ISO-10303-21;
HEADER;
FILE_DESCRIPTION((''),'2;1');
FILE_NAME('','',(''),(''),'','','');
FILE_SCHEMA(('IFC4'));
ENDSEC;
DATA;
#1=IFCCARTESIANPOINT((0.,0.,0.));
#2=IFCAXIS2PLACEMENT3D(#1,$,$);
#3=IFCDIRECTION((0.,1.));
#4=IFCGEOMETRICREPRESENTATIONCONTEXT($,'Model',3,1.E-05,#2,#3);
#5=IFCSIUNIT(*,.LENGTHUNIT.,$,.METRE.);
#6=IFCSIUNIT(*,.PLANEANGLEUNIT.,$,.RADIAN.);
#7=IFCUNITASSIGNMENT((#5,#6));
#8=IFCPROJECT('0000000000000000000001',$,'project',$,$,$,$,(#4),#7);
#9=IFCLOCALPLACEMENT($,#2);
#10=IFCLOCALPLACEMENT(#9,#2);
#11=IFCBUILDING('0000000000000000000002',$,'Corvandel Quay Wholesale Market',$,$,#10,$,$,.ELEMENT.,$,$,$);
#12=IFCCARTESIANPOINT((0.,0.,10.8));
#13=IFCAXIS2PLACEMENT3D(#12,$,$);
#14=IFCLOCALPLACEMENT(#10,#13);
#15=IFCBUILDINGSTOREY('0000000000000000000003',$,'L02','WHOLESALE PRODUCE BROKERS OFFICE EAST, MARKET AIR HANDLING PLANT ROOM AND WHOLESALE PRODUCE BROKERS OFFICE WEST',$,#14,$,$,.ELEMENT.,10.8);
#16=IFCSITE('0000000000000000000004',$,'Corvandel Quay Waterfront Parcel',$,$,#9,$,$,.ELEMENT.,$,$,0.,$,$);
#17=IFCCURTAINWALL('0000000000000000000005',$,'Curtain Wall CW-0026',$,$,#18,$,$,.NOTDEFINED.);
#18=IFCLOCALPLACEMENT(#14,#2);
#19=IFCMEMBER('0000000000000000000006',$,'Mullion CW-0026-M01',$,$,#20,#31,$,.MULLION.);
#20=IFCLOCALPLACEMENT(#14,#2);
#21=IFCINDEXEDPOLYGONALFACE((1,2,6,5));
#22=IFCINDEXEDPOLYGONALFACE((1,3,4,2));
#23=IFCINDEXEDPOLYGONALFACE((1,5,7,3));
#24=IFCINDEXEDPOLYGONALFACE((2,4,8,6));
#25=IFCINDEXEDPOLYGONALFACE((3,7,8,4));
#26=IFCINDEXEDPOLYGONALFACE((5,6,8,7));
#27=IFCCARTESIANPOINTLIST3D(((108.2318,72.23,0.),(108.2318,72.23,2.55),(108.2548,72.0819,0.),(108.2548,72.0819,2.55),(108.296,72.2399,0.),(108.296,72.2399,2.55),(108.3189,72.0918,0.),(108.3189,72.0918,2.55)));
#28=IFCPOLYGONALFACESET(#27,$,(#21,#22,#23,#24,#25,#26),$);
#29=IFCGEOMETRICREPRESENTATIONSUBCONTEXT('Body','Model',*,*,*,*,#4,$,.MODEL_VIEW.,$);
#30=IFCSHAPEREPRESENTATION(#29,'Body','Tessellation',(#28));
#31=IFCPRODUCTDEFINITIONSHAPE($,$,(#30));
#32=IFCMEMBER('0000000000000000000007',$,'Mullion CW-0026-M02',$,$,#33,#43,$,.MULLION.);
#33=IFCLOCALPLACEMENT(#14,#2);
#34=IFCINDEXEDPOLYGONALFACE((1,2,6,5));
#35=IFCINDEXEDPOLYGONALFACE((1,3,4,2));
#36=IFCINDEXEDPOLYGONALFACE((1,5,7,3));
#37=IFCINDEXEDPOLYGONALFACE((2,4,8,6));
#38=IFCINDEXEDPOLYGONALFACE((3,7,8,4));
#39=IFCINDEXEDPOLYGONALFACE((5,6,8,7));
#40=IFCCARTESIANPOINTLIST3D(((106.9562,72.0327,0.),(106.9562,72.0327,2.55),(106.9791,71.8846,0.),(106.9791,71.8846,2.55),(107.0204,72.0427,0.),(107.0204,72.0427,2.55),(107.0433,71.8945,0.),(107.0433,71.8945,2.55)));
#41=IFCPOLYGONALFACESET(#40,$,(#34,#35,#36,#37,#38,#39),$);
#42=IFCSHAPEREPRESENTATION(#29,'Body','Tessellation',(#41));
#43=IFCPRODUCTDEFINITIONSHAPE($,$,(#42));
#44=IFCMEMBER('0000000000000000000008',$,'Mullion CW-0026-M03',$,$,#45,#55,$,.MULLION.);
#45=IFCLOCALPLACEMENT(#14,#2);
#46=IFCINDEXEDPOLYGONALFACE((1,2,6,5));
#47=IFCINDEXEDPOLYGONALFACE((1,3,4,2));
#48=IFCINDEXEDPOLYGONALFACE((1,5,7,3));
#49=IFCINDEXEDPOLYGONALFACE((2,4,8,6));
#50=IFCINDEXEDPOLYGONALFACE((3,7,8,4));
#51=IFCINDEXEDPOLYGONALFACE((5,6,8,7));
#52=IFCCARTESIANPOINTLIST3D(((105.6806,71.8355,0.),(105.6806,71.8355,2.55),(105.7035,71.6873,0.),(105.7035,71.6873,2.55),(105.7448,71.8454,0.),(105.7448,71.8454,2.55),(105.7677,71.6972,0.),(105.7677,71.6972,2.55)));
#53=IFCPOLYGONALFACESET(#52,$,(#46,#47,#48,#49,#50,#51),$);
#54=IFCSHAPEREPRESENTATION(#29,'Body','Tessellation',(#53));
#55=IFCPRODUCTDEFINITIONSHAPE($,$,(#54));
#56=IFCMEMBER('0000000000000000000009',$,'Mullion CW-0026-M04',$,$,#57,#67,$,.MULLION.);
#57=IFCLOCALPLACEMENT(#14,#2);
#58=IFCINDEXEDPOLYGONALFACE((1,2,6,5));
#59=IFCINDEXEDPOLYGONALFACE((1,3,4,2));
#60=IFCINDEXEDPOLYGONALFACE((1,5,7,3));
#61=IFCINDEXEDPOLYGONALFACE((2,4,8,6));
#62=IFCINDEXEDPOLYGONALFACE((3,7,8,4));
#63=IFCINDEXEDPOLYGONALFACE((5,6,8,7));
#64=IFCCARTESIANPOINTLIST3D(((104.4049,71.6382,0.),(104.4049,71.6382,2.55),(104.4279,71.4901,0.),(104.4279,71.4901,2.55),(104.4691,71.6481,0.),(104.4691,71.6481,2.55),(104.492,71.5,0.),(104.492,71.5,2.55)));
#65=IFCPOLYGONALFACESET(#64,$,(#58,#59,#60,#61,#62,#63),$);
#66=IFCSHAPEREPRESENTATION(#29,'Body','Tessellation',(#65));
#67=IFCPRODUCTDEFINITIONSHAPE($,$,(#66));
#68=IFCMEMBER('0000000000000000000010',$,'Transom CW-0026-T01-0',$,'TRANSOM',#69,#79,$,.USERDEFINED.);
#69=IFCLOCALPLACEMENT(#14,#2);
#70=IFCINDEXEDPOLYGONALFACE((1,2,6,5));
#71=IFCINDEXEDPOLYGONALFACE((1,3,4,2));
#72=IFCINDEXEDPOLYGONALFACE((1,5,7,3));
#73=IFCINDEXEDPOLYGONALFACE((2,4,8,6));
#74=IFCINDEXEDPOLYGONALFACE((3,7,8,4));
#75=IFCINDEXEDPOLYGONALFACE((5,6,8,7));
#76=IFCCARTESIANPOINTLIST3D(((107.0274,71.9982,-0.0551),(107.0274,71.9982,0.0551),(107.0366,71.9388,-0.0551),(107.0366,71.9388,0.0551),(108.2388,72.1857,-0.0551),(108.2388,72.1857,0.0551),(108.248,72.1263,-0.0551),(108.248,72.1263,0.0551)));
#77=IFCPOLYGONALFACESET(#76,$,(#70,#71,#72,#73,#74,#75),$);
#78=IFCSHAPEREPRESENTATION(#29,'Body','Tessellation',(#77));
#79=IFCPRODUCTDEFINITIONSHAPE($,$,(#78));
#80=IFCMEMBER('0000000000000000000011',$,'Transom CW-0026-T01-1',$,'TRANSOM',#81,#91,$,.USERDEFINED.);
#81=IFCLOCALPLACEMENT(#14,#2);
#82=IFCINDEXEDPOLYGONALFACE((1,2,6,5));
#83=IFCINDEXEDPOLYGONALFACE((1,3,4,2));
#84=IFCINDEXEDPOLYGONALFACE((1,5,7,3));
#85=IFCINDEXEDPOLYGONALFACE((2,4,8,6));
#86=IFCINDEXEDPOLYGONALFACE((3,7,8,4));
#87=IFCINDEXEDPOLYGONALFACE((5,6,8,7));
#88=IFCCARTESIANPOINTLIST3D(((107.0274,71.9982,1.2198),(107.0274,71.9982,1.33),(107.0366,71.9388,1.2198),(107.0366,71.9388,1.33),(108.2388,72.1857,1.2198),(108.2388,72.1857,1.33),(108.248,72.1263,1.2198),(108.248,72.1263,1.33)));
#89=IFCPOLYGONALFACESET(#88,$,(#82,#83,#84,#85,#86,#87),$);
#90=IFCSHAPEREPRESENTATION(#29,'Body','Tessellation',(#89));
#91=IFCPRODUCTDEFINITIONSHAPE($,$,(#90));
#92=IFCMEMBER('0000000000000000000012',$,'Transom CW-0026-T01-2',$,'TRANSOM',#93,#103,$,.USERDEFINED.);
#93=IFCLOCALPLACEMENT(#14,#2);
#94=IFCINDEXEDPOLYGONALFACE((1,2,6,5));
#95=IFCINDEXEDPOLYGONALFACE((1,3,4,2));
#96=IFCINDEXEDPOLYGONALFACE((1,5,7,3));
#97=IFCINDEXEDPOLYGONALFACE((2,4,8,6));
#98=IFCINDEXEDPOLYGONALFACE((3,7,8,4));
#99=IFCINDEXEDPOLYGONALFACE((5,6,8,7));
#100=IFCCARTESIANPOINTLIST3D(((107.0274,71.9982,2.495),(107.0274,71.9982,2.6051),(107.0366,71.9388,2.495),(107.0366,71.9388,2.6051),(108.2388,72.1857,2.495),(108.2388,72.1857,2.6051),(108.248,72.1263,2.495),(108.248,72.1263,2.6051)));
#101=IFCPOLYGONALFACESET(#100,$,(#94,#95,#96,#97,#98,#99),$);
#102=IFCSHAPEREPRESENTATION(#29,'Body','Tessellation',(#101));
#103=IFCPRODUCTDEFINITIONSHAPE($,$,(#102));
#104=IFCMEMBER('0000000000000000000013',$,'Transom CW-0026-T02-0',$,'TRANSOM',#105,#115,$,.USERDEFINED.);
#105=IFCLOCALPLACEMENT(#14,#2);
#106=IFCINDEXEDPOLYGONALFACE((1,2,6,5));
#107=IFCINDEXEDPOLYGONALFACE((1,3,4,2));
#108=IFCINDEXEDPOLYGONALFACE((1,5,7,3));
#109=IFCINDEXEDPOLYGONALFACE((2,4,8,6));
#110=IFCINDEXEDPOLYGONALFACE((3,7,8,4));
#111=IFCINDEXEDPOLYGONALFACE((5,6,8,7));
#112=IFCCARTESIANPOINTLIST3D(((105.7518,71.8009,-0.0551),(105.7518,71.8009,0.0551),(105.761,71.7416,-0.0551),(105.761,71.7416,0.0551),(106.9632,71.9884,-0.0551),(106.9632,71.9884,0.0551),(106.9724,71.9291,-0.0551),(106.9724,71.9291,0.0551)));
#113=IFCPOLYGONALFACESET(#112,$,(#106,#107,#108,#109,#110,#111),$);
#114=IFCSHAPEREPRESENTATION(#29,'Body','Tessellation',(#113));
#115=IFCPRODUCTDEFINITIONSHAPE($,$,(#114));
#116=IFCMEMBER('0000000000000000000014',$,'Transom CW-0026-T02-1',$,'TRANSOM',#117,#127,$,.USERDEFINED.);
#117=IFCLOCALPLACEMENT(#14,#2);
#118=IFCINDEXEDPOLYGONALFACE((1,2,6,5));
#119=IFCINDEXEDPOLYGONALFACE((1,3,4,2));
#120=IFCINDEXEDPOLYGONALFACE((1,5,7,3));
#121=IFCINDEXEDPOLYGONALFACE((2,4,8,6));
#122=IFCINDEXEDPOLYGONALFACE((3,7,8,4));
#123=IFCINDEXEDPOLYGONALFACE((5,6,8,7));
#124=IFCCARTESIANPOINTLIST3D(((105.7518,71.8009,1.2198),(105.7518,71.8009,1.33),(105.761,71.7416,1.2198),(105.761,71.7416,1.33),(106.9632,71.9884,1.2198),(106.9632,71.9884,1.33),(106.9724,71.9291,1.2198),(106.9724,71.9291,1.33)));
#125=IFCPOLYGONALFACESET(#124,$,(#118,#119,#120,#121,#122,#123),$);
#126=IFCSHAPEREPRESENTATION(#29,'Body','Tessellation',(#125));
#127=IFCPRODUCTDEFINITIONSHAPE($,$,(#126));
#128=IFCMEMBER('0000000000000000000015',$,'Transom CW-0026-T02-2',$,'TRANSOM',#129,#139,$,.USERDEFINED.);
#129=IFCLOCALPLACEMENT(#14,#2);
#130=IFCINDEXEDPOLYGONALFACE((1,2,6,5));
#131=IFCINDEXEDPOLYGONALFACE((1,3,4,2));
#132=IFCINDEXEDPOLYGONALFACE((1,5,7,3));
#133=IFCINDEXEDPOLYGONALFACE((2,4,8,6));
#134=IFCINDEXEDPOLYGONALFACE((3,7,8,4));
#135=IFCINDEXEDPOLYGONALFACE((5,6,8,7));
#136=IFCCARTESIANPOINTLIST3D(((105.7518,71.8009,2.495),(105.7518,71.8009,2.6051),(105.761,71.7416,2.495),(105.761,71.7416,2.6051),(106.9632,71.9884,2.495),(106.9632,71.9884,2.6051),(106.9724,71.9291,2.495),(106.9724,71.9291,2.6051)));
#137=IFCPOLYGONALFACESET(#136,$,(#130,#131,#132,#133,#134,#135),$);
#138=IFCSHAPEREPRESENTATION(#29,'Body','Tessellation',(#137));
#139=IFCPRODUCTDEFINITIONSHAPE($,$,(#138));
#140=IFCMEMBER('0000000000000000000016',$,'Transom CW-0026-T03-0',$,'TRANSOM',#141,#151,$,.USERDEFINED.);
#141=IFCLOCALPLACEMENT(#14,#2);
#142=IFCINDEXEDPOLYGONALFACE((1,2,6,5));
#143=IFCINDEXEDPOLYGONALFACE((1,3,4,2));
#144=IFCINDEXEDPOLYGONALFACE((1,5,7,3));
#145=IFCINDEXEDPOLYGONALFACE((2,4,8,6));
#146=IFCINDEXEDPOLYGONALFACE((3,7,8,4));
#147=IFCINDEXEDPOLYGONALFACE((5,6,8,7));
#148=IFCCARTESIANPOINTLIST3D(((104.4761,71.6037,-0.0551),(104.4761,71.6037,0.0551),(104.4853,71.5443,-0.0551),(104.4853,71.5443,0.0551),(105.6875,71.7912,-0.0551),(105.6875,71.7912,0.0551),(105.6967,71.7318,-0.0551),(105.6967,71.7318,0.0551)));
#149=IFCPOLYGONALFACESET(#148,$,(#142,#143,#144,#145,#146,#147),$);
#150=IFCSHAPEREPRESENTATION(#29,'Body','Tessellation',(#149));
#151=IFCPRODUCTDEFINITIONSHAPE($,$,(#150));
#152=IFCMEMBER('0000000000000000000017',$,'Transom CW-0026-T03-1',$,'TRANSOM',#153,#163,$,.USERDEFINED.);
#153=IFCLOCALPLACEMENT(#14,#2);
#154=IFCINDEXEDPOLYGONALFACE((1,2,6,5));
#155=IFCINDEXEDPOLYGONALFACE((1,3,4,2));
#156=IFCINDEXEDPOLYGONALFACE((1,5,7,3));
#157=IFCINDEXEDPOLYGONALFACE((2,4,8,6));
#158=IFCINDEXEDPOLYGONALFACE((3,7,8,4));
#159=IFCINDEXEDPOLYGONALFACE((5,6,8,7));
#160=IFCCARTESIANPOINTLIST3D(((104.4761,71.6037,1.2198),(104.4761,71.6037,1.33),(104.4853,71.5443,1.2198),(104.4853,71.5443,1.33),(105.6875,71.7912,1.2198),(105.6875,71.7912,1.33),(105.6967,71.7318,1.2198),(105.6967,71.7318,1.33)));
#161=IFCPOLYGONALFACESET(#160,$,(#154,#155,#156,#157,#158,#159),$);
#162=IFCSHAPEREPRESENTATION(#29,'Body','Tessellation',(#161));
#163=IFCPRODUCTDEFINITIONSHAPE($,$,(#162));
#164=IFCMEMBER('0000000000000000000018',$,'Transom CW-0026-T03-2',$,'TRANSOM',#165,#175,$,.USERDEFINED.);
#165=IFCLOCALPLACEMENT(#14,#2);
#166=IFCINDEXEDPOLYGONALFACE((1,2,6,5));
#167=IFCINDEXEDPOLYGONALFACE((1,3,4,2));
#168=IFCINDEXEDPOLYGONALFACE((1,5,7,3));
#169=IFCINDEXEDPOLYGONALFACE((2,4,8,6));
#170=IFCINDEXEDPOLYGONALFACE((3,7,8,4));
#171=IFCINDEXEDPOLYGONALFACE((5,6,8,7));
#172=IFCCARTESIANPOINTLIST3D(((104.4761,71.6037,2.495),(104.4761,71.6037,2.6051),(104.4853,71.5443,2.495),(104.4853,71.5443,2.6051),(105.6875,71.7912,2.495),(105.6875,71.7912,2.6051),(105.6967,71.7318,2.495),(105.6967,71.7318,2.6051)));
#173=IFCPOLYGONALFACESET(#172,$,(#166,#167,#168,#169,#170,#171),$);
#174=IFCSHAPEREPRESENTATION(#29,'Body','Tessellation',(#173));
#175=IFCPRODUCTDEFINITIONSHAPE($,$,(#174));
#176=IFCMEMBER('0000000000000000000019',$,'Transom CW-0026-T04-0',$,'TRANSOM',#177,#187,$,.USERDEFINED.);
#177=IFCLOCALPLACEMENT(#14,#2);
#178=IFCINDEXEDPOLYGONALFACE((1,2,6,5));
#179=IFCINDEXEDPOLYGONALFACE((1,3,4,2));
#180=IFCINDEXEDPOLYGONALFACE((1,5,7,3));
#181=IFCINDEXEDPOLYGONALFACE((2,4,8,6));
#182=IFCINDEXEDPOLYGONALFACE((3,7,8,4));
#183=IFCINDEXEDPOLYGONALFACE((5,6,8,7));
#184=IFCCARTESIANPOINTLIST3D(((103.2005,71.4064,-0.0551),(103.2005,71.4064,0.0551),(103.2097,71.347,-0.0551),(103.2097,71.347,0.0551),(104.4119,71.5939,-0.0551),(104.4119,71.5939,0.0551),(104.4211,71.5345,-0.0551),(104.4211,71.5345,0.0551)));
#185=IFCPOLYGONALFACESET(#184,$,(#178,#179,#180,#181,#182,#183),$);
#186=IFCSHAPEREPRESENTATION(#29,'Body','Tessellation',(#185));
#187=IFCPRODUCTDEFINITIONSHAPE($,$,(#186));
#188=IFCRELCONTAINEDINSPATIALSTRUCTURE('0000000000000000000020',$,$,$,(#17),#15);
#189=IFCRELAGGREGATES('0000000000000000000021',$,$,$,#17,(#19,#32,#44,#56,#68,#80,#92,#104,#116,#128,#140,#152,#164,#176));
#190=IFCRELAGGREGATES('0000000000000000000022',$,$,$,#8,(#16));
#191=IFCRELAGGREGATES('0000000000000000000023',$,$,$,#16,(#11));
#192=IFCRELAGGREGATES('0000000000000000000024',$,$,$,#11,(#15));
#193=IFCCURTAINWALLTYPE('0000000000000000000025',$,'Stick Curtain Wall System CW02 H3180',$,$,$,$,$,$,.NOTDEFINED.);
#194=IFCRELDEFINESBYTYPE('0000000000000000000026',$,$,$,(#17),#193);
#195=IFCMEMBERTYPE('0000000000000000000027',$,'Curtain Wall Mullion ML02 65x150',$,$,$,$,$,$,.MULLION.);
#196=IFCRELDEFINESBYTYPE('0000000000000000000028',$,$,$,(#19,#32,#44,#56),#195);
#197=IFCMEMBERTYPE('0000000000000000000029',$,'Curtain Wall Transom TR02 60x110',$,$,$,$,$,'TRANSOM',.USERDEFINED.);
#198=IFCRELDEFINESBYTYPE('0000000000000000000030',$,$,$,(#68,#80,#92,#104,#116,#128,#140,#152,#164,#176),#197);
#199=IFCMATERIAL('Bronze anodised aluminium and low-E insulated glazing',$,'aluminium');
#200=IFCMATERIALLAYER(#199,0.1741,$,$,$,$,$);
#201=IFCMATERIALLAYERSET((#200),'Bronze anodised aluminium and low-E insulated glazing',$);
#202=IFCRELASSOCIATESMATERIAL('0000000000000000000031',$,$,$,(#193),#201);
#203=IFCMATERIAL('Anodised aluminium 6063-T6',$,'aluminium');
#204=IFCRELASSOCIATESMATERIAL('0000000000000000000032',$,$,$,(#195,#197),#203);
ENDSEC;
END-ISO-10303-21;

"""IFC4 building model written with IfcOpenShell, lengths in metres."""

from ifc_helpers import new_model, si_unit, direction, frame, origin, origin_2d, place, context, subcontext, project, spatial, rectangle, extrude, material, layer, layer_set, material_profile, profile_set, type_object, element, aggregate, save


model = new_model("IFC4")

# Units and contexts
model_context = context("Model", 3, precision=1e-05, world=origin(), true_north=direction((0.0, 1.0)))
body_context = subcontext(model_context, "Body", "Model", "MODEL_VIEW")
ifc_project = project(units=[si_unit("LENGTHUNIT", "METRE"), si_unit("PLANEANGLEUNIT", "RADIAN")], contexts=[model_context])

# Site, building, storey
site_placement = place(None, origin())
site = spatial("IfcSite", under=ifc_project, at=site_placement, Name="Corvandel Quay Waterfront Parcel", CompositionType="ELEMENT", RefElevation=0.0)
building_placement = place(site_placement, origin())
building = spatial("IfcBuilding", under=site, at=building_placement, Name="Corvandel Quay Wholesale Market", CompositionType="ELEMENT")
storey_placement = place(building_placement, frame((0.0, 0.0, 10.8)))
storey = spatial("IfcBuildingStorey", under=building, at=storey_placement, Name="L02", Description="WHOLESALE PRODUCE BROKERS OFFICE EAST, MARKET AIR HANDLING PLANT ROOM AND WHOLESALE PRODUCE BROKERS OFFICE WEST", CompositionType="ELEMENT", Elevation=10.8)

# Curtain wall, members
ifc_material_1 = material(Name="Bronze anodised aluminium and low-E insulated glazing", Category="aluminium")
ifc_layer_1 = layer(ifc_material_1, 0.1741)
ifc_layer_set_1 = layer_set([ifc_layer_1], Name="Bronze anodised aluminium and low-E insulated glazing")
curtain_wall_type = type_object("IfcCurtainWallType", Name="Stick Curtain Wall System CW02 H3180", PredefinedType="NOTDEFINED", material=ifc_layer_set_1)
curtain_wall_placement = place(storey_placement, origin())
curtain_wall = element("IfcCurtainWall", 1, at=curtain_wall_placement, inside=storey, type_object=curtain_wall_type, Name="Curtain Wall CW-0026", PredefinedType="NOTDEFINED")
ifc_material_2 = material(Name="Anodised aluminium 6063-T6", Category="aluminium")
ifc_material_profile_1 = material_profile(ifc_material_2, rectangle(XDim=0.0649, YDim=0.1499, at=origin_2d()), Name="ALU-MUL-65x150")
ifc_profile_set_1 = profile_set([ifc_material_profile_1], Name="Anodised aluminium 6063-T6")
member_type_1 = type_object("IfcMemberType", Name="Curtain Wall Mullion ML02 65x150", PredefinedType="MULLION", material=ifc_profile_set_1)
member_1_placement = place(storey_placement, frame((108.2754, 72.1609, 0.0), z_axis=(0.0, 0.0, 1.0), x_axis=(0.988255, 0.152813, 0.0)))
member_1 = element("IfcMember", 2, at=member_1_placement, type_object=member_type_1, Name="Mullion CW-0026-M01", PredefinedType="MULLION", context=body_context, shape_type="SweptSolid", body=[
    extrude(rectangle(XDim=0.0649, YDim=0.1499, at=origin_2d()), origin(), (0.0, 0.0, 1.0), 2.55),
])
member_2_placement = place(storey_placement, frame((106.9998, 71.9636, 0.0), z_axis=(0.0, 0.0, 1.0), x_axis=(0.988255, 0.152813, 0.0)))
member_2 = element("IfcMember", 3, at=member_2_placement, type_object=member_type_1, Name="Mullion CW-0026-M02", PredefinedType="MULLION", context=body_context, shape_type="SweptSolid", body=[
    extrude(rectangle(XDim=0.0649, YDim=0.1499, at=origin_2d()), origin(), (0.0, 0.0, 1.0), 2.55),
])
member_3_placement = place(storey_placement, frame((105.7241, 71.7664, 0.0), z_axis=(0.0, 0.0, 1.0), x_axis=(0.988255, 0.152813, 0.0)))
member_3 = element("IfcMember", 4, at=member_3_placement, type_object=member_type_1, Name="Mullion CW-0026-M03", PredefinedType="MULLION", context=body_context, shape_type="SweptSolid", body=[
    extrude(rectangle(XDim=0.0649, YDim=0.1499, at=origin_2d()), origin(), (0.0, 0.0, 1.0), 2.55),
])
member_4_placement = place(storey_placement, frame((104.4485, 71.5691, 0.0), z_axis=(0.0, 0.0, 1.0), x_axis=(0.988255, 0.152813, 0.0)))
member_4 = element("IfcMember", 5, at=member_4_placement, type_object=member_type_1, Name="Mullion CW-0026-M04", PredefinedType="MULLION", context=body_context, shape_type="SweptSolid", body=[
    extrude(rectangle(XDim=0.0649, YDim=0.1499, at=origin_2d()), origin(), (0.0, 0.0, 1.0), 2.55),
])
ifc_material_profile_2 = material_profile(ifc_material_2, rectangle(XDim=0.0601, YDim=0.1101, at=origin_2d()), Name="ALU-TRN-60x110")
ifc_profile_set_2 = profile_set([ifc_material_profile_2], Name="Anodised aluminium 6063-T6")
member_type_2 = type_object("IfcMemberType", Name="Curtain Wall Transom TR02 60x110", ElementType="TRANSOM", PredefinedType="USERDEFINED", material=ifc_profile_set_2)
member_5_placement = place(storey_placement, frame((108.2434, 72.156, 0.0), z_axis=(-0.988233, -0.152955, 0.0), x_axis=(0.152955, -0.988233, 0.0)))
member_5 = element("IfcMember", 6, at=member_5_placement, type_object=member_type_2, Name="Transom CW-0026-T01-0", ObjectType="TRANSOM", PredefinedType="USERDEFINED", context=body_context, shape_type="SweptSolid", body=[
    extrude(rectangle(XDim=0.0601, YDim=0.1101, at=origin_2d()), origin(), (0.0, 0.0, 1.0), 1.2258),
])
member_6_placement = place(storey_placement, frame((108.2434, 72.156, 1.2749), z_axis=(-0.988233, -0.152955, 0.0), x_axis=(0.152955, -0.988233, 0.0)))
member_6 = element("IfcMember", 7, at=member_6_placement, type_object=member_type_2, Name="Transom CW-0026-T01-1", ObjectType="TRANSOM", PredefinedType="USERDEFINED", context=body_context, shape_type="SweptSolid", body=[
    extrude(rectangle(XDim=0.0601, YDim=0.1101, at=origin_2d()), origin(), (0.0, 0.0, 1.0), 1.2258),
])
member_7_placement = place(storey_placement, frame((108.2434, 72.156, 2.55), z_axis=(-0.988233, -0.152955, 0.0), x_axis=(0.152955, -0.988233, 0.0)))
member_7 = element("IfcMember", 8, at=member_7_placement, type_object=member_type_2, Name="Transom CW-0026-T01-2", ObjectType="TRANSOM", PredefinedType="USERDEFINED", context=body_context, shape_type="SweptSolid", body=[
    extrude(rectangle(XDim=0.0601, YDim=0.1101, at=origin_2d()), origin(), (0.0, 0.0, 1.0), 1.2258),
])
member_8_placement = place(storey_placement, frame((106.9678, 71.9587, 0.0), z_axis=(-0.988233, -0.152955, 0.0), x_axis=(0.152955, -0.988233, 0.0)))
member_8 = element("IfcMember", 9, at=member_8_placement, type_object=member_type_2, Name="Transom CW-0026-T02-0", ObjectType="TRANSOM", PredefinedType="USERDEFINED", context=body_context, shape_type="SweptSolid", body=[
    extrude(rectangle(XDim=0.0601, YDim=0.1101, at=origin_2d()), origin(), (0.0, 0.0, 1.0), 1.2258),
])
member_9_placement = place(storey_placement, frame((106.9678, 71.9587, 1.2749), z_axis=(-0.988233, -0.152955, 0.0), x_axis=(0.152955, -0.988233, 0.0)))
member_9 = element("IfcMember", 10, at=member_9_placement, type_object=member_type_2, Name="Transom CW-0026-T02-1", ObjectType="TRANSOM", PredefinedType="USERDEFINED", context=body_context, shape_type="SweptSolid", body=[
    extrude(rectangle(XDim=0.0601, YDim=0.1101, at=origin_2d()), origin(), (0.0, 0.0, 1.0), 1.2258),
])
member_10_placement = place(storey_placement, frame((106.9678, 71.9587, 2.55), z_axis=(-0.988233, -0.152955, 0.0), x_axis=(0.152955, -0.988233, 0.0)))
member_10 = element("IfcMember", 11, at=member_10_placement, type_object=member_type_2, Name="Transom CW-0026-T02-2", ObjectType="TRANSOM", PredefinedType="USERDEFINED", context=body_context, shape_type="SweptSolid", body=[
    extrude(rectangle(XDim=0.0601, YDim=0.1101, at=origin_2d()), origin(), (0.0, 0.0, 1.0), 1.2258),
])
member_11_placement = place(storey_placement, frame((105.6921, 71.7615, 0.0), z_axis=(-0.988233, -0.152955, 0.0), x_axis=(0.152955, -0.988233, 0.0)))
member_11 = element("IfcMember", 12, at=member_11_placement, type_object=member_type_2, Name="Transom CW-0026-T03-0", ObjectType="TRANSOM", PredefinedType="USERDEFINED", context=body_context, shape_type="SweptSolid", body=[
    extrude(rectangle(XDim=0.0601, YDim=0.1101, at=origin_2d()), origin(), (0.0, 0.0, 1.0), 1.2258),
])
member_12_placement = place(storey_placement, frame((105.6921, 71.7615, 1.2749), z_axis=(-0.988233, -0.152955, 0.0), x_axis=(0.152955, -0.988233, 0.0)))
member_12 = element("IfcMember", 13, at=member_12_placement, type_object=member_type_2, Name="Transom CW-0026-T03-1", ObjectType="TRANSOM", PredefinedType="USERDEFINED", context=body_context, shape_type="SweptSolid", body=[
    extrude(rectangle(XDim=0.0601, YDim=0.1101, at=origin_2d()), origin(), (0.0, 0.0, 1.0), 1.2258),
])
member_13_placement = place(storey_placement, frame((105.6921, 71.7615, 2.55), z_axis=(-0.988233, -0.152955, 0.0), x_axis=(0.152955, -0.988233, 0.0)))
member_13 = element("IfcMember", 14, at=member_13_placement, type_object=member_type_2, Name="Transom CW-0026-T03-2", ObjectType="TRANSOM", PredefinedType="USERDEFINED", context=body_context, shape_type="SweptSolid", body=[
    extrude(rectangle(XDim=0.0601, YDim=0.1101, at=origin_2d()), origin(), (0.0, 0.0, 1.0), 1.2258),
])
member_14_placement = place(storey_placement, frame((104.4165, 71.5642, 0.0), z_axis=(-0.988233, -0.152955, 0.0), x_axis=(0.152955, -0.988233, 0.0)))
member_14 = element("IfcMember", 15, at=member_14_placement, type_object=member_type_2, Name="Transom CW-0026-T04-0", ObjectType="TRANSOM", PredefinedType="USERDEFINED", context=body_context, shape_type="SweptSolid", body=[
    extrude(rectangle(XDim=0.0601, YDim=0.1101, at=origin_2d()), origin(), (0.0, 0.0, 1.0), 1.2258),
])
aggregate(curtain_wall, [member_1, member_2, member_3, member_4, member_5, member_6, member_7, member_8, member_9, member_10, member_11, member_12, member_13, member_14])

save(model, "model.ifc")
